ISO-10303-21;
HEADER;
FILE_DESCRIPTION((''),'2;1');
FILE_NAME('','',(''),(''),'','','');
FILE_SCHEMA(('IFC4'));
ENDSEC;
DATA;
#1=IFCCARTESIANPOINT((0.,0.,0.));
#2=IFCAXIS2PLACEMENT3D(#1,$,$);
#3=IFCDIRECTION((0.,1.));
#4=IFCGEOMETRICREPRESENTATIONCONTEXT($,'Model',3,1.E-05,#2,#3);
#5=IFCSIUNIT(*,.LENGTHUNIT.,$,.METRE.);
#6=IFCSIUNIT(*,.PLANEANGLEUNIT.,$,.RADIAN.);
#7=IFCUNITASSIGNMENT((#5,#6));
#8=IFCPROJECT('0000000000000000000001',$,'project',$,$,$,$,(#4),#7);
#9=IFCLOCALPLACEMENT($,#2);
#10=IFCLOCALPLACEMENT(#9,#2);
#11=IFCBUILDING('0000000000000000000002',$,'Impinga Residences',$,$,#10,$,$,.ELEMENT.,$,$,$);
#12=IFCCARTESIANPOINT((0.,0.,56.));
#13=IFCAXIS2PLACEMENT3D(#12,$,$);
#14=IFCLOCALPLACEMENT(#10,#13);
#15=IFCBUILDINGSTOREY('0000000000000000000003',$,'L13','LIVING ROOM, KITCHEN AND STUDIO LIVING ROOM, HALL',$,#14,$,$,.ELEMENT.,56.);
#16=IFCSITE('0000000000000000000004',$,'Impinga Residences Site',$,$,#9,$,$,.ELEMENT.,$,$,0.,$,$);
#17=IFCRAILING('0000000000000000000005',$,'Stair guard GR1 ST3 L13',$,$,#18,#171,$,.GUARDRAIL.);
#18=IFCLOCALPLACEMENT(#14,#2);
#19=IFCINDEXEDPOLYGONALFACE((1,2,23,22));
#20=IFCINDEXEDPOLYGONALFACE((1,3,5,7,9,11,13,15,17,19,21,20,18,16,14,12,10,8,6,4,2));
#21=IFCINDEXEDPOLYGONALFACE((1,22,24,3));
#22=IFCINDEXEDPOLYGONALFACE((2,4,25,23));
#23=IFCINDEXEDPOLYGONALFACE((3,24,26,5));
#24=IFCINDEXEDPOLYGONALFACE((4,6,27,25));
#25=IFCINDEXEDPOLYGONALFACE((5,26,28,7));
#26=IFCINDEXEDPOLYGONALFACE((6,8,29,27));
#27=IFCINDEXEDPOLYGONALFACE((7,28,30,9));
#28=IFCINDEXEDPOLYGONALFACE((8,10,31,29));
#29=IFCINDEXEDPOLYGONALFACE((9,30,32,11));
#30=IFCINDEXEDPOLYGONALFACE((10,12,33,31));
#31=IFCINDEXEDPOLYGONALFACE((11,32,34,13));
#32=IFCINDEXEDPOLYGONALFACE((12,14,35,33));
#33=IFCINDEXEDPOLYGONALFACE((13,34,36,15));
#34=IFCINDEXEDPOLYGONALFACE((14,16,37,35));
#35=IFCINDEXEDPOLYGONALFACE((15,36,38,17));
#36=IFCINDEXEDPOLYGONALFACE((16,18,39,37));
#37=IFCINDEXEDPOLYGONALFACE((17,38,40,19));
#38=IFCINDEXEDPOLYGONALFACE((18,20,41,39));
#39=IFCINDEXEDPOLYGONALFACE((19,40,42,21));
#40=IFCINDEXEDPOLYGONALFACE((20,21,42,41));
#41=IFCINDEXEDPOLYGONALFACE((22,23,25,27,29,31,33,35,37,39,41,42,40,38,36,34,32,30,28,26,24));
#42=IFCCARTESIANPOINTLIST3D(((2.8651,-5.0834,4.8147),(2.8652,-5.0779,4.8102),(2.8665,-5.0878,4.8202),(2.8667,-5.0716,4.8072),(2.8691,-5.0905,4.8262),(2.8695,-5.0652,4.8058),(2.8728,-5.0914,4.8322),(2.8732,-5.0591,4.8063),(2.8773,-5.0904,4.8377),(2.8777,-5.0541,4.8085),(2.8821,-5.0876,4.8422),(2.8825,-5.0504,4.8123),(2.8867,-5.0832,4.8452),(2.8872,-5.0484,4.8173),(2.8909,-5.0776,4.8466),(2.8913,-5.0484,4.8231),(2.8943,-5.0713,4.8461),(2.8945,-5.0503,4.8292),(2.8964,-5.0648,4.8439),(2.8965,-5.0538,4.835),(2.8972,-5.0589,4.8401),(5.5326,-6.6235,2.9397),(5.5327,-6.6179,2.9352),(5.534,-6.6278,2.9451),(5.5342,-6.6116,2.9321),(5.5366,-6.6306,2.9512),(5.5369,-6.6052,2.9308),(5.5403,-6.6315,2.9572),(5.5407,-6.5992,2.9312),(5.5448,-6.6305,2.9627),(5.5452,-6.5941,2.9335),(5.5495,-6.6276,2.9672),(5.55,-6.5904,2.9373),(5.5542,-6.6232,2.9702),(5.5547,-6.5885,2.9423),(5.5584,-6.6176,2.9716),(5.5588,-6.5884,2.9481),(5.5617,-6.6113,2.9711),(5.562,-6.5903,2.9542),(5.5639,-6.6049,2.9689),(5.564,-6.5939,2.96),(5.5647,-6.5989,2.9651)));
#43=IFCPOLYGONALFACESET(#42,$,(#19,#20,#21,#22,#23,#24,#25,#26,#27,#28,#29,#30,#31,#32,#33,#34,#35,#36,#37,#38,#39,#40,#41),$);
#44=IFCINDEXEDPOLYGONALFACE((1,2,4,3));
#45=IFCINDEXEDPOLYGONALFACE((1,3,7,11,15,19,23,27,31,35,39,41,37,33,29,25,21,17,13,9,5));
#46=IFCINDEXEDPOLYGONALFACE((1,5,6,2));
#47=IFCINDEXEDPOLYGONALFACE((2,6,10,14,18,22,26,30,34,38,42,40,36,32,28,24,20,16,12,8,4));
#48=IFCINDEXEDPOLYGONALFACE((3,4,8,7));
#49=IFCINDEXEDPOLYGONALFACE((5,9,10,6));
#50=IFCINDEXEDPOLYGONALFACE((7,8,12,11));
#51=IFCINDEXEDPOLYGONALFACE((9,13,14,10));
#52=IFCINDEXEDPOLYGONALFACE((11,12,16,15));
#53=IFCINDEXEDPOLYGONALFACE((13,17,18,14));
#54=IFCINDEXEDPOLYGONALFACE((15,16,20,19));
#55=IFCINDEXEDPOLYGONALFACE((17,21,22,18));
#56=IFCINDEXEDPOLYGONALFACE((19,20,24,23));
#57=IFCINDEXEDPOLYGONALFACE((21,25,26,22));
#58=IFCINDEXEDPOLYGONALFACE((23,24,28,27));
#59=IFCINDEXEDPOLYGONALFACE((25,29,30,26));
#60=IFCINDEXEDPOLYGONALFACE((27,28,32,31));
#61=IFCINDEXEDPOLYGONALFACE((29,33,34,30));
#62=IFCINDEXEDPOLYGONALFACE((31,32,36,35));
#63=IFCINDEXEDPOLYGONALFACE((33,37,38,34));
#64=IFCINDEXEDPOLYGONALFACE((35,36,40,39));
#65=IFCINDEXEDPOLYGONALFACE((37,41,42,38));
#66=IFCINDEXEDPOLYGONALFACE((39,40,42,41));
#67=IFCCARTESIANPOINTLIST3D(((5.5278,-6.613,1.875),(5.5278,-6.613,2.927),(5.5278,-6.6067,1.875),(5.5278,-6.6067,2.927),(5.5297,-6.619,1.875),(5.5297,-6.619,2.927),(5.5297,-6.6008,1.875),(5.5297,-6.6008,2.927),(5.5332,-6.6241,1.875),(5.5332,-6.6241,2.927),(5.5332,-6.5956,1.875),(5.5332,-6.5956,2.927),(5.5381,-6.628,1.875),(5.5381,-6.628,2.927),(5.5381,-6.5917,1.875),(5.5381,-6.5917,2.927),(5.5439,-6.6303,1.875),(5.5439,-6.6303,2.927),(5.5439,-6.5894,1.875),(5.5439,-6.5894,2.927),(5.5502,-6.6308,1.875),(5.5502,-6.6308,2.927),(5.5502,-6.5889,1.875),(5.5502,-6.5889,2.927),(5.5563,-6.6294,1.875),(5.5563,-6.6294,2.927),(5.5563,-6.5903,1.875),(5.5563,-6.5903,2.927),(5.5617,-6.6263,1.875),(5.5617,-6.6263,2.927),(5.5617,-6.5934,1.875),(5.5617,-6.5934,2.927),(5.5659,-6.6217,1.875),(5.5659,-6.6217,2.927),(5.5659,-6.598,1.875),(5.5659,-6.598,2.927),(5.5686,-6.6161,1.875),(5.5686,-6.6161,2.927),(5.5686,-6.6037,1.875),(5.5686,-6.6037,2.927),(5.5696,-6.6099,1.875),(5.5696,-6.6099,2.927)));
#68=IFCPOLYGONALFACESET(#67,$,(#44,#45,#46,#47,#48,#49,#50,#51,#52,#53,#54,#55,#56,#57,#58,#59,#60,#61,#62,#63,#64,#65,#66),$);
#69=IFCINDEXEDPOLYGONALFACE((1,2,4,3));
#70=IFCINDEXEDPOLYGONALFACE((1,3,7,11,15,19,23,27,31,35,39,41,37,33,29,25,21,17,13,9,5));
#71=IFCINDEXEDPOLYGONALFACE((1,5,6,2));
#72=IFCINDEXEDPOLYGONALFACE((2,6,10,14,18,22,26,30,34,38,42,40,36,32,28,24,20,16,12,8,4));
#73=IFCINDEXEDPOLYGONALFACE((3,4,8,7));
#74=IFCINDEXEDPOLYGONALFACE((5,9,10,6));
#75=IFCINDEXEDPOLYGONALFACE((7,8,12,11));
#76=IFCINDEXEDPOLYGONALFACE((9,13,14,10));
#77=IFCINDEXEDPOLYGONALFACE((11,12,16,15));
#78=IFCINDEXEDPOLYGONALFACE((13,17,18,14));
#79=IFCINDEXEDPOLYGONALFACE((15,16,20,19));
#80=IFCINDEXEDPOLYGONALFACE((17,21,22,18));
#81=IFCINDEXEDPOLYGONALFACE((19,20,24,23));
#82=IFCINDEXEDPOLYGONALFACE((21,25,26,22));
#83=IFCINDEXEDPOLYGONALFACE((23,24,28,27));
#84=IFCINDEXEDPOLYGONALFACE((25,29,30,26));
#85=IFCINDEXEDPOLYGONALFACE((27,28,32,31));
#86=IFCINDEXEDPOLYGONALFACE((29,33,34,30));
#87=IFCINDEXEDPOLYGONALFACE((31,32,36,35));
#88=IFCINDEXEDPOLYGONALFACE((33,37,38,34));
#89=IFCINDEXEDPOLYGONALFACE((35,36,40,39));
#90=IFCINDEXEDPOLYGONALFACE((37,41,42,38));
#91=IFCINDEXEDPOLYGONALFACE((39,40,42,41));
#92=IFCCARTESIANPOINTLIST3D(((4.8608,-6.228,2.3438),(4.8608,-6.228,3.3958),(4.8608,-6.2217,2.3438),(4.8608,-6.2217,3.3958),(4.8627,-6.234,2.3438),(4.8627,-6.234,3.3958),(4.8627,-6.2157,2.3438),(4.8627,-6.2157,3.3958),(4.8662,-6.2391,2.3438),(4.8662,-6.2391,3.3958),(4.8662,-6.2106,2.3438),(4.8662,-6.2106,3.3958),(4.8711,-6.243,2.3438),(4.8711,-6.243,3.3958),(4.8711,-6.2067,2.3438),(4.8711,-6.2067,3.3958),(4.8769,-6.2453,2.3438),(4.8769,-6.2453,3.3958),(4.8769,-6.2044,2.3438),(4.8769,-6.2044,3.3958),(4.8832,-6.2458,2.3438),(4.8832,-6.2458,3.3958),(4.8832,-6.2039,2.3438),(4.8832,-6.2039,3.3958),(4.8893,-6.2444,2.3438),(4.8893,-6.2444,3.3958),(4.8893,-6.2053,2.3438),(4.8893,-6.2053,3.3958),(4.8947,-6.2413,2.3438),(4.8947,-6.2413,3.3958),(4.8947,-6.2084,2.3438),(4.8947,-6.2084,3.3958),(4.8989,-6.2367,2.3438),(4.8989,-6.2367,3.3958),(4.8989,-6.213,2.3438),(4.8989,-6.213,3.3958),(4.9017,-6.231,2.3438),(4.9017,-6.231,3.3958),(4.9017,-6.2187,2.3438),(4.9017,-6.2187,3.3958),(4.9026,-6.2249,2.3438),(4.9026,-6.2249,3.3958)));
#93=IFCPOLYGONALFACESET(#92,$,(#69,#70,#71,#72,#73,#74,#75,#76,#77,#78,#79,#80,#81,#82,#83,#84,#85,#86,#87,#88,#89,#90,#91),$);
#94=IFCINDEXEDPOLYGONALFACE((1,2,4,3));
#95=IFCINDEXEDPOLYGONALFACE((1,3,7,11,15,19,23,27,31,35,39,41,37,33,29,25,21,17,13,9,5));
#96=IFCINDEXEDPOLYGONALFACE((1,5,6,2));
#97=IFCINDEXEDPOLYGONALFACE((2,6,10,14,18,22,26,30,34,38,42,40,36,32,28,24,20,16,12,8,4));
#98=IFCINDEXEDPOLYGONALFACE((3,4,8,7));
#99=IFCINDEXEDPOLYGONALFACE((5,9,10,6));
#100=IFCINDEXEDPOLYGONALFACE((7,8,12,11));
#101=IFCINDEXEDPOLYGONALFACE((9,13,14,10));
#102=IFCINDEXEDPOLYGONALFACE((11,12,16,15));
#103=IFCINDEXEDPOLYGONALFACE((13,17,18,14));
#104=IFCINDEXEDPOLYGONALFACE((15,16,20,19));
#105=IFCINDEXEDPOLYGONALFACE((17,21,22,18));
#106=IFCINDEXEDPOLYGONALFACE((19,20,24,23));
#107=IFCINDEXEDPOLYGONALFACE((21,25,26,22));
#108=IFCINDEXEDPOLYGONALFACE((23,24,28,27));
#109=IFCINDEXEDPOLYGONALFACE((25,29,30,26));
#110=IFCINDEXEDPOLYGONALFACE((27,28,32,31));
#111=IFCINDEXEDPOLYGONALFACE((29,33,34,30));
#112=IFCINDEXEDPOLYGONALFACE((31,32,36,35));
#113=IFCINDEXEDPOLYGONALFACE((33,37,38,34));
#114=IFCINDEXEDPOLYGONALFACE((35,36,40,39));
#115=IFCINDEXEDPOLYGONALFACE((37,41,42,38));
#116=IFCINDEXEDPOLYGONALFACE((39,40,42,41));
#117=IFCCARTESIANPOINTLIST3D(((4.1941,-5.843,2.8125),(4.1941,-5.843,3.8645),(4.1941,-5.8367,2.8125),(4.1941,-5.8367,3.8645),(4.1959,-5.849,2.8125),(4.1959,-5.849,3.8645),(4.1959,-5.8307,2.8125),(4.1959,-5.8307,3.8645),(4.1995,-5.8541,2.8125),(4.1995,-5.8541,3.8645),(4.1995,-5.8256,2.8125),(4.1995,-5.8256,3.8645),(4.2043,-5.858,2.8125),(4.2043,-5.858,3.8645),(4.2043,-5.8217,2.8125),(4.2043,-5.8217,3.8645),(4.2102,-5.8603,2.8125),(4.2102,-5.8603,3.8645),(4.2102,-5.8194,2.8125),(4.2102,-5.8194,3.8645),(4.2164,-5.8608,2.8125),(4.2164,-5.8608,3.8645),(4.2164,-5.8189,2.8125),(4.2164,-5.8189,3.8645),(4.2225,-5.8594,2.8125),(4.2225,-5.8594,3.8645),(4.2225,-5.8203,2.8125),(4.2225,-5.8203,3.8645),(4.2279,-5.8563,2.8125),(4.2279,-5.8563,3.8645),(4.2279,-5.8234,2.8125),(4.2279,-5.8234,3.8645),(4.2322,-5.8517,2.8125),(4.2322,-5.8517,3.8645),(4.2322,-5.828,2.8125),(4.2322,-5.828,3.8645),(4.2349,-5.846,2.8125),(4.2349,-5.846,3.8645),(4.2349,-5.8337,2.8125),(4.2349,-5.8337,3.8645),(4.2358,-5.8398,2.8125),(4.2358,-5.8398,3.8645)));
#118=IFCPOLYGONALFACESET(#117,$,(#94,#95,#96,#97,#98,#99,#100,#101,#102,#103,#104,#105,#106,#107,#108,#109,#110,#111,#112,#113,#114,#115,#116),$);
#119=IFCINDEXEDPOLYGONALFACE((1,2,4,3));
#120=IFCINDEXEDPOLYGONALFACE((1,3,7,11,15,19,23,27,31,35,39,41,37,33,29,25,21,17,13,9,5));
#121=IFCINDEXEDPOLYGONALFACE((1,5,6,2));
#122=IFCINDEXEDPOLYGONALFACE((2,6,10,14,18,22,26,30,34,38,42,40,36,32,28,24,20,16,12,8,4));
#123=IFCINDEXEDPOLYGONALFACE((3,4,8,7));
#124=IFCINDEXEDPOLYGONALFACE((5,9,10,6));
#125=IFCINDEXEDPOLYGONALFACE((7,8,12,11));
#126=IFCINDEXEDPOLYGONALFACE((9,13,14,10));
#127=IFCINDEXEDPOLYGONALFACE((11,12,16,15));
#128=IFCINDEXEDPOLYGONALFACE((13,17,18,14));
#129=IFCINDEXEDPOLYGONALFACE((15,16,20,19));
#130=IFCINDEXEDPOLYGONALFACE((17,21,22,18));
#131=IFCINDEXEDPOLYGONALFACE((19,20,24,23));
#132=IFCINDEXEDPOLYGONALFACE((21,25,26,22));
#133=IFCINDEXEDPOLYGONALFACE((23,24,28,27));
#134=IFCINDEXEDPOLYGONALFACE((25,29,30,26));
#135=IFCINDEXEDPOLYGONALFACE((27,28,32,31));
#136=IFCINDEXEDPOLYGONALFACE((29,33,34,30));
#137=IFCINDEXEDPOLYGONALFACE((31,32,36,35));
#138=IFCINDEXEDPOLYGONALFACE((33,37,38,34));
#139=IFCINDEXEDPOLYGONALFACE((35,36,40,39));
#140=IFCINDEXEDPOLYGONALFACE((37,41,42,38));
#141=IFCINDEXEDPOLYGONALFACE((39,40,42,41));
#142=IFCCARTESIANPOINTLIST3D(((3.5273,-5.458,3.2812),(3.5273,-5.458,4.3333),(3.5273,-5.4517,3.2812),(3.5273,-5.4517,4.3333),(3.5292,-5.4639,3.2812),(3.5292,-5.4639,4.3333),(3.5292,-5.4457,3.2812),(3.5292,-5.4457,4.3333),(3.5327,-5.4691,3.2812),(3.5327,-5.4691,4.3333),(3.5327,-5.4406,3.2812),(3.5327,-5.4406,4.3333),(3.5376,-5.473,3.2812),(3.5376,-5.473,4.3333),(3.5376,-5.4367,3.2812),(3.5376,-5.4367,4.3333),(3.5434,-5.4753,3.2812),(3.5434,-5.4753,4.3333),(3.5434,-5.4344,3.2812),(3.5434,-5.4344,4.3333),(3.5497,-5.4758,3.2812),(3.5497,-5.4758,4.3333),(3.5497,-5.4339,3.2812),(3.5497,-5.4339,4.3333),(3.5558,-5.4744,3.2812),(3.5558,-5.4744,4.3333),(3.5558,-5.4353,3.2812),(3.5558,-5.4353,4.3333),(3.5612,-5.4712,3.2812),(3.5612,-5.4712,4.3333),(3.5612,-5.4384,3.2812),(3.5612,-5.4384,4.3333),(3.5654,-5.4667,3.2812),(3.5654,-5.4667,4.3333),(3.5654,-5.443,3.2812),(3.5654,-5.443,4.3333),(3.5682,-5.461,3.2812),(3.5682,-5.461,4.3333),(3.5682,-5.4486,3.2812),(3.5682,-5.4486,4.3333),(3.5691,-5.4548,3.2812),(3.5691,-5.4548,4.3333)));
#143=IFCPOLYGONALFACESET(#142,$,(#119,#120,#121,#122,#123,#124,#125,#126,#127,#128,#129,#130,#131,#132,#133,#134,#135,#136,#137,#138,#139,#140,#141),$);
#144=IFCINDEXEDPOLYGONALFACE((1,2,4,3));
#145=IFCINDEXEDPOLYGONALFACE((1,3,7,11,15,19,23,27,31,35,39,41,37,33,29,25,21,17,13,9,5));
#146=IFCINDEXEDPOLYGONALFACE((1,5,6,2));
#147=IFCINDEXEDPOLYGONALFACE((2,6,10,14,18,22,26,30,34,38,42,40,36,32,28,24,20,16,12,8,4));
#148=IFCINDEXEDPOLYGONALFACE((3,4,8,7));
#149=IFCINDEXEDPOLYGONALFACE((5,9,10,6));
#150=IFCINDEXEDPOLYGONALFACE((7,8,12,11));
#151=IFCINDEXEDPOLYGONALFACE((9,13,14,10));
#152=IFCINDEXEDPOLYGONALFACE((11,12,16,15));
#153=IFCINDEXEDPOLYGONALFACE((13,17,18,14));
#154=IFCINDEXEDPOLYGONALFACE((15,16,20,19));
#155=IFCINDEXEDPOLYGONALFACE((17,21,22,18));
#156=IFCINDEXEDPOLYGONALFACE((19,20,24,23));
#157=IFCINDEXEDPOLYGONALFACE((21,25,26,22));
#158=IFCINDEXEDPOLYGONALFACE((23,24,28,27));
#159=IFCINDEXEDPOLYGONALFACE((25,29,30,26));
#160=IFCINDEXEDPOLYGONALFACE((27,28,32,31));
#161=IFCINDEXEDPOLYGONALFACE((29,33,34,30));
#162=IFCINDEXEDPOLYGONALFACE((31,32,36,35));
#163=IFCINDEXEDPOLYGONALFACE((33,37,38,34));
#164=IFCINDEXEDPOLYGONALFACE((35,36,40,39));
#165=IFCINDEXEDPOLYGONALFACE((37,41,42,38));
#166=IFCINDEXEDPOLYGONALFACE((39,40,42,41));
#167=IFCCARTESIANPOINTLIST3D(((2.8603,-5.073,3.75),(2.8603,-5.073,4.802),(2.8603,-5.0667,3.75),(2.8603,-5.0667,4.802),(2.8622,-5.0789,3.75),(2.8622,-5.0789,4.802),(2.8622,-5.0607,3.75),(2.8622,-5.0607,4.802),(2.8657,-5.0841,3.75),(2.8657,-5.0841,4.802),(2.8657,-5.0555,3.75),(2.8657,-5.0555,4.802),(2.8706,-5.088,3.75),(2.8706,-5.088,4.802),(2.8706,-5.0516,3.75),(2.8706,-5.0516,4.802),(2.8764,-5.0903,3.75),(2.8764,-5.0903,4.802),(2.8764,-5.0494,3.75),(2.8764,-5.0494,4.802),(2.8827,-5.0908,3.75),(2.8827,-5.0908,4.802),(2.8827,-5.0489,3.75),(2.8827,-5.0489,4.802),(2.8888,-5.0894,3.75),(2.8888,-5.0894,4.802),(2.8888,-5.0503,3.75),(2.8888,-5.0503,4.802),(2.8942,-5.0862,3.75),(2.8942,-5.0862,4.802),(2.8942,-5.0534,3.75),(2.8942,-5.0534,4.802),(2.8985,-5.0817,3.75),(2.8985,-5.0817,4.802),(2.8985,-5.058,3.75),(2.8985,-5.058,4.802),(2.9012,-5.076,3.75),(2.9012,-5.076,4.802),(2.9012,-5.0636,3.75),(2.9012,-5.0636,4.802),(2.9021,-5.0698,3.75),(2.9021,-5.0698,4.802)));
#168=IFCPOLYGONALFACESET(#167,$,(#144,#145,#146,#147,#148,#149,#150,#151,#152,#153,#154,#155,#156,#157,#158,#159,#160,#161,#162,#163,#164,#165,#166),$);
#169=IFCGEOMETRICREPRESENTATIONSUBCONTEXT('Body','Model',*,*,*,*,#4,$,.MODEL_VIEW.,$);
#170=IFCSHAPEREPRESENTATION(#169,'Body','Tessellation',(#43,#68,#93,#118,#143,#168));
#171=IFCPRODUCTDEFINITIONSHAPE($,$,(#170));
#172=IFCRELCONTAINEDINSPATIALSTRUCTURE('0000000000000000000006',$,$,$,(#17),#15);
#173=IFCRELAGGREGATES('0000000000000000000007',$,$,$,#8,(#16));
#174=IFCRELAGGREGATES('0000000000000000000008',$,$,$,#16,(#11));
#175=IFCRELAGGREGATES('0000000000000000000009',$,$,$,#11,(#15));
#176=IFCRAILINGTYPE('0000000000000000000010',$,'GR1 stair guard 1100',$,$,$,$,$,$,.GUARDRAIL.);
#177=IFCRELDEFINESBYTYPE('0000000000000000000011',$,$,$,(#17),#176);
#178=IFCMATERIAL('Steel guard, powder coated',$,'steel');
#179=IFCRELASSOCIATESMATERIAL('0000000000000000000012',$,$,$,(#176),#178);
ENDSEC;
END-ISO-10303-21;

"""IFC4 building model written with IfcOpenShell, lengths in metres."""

from ifc_helpers import new_model, si_unit, direction, frame, origin, origin_2d, place, context, subcontext, project, spatial, circle, extrude, material, type_object, element, save


model = new_model("IFC4")

# Units and contexts
model_context = context("Model", 3, precision=1e-05, world=origin(), true_north=direction((0.0, 1.0)))
body_context = subcontext(model_context, "Body", "Model", "MODEL_VIEW")
ifc_project = project(units=[si_unit("LENGTHUNIT", "METRE"), si_unit("PLANEANGLEUNIT", "RADIAN")], contexts=[model_context])

# Site, building, storey
site_placement = place(None, origin())
site = spatial("IfcSite", under=ifc_project, at=site_placement, Name="Impinga Residences Site", CompositionType="ELEMENT", RefElevation=0.0)
building_placement = place(site_placement, origin())
building = spatial("IfcBuilding", under=site, at=building_placement, Name="Impinga Residences", CompositionType="ELEMENT")
storey_placement = place(building_placement, frame((0.0, 0.0, 56.0)))
storey = spatial("IfcBuildingStorey", under=building, at=storey_placement, Name="L13", Description="LIVING ROOM, KITCHEN AND STUDIO LIVING ROOM, HALL", CompositionType="ELEMENT", Elevation=56.0)

# Railing
ifc_material_1 = material(Name="Steel guard, powder coated", Category="steel")
railing_type_1 = type_object("IfcRailingType", Name="GR1 stair guard 1100", PredefinedType="GUARDRAIL", material=ifc_material_1)
railing_1_placement = place(storey_placement, frame((5.5486, -6.6099, 1.875)))
element("IfcRailing", 1, at=railing_1_placement, inside=storey, type_object=railing_type_1, Name="Stair guard GR1 ST3 L13", PredefinedType="GUARDRAIL", context=body_context, shape_type="SweptSolid", body=[
    extrude(circle(Radius=0.0239, at=origin_2d()), frame((0.0, 0.0, 1.0762), z_axis=(-0.739746, 0.427084, 0.519975), x_axis=(-0.499992, -0.86603, 0.0)), (0.0, 0.0, 1.0), 3.606),
    extrude(circle(Radius=0.021, at=origin_2d()), origin(), (0.0, 0.0, 1.0), 1.052),
    extrude(circle(Radius=0.021, at=origin_2d()), frame((-0.667, 0.385, 0.4688)), (0.0, 0.0, 1.0), 1.052),
    extrude(circle(Radius=0.021, at=origin_2d()), frame((-1.3337, 0.77, 0.9375)), (0.0, 0.0, 1.0), 1.052),
    extrude(circle(Radius=0.021, at=origin_2d()), frame((-2.0005, 1.155, 1.4062)), (0.0, 0.0, 1.0), 1.052),
    extrude(circle(Radius=0.021, at=origin_2d()), frame((-2.6675, 1.54, 1.875)), (0.0, 0.0, 1.0), 1.052),
])

save(model, "model.ifc")
